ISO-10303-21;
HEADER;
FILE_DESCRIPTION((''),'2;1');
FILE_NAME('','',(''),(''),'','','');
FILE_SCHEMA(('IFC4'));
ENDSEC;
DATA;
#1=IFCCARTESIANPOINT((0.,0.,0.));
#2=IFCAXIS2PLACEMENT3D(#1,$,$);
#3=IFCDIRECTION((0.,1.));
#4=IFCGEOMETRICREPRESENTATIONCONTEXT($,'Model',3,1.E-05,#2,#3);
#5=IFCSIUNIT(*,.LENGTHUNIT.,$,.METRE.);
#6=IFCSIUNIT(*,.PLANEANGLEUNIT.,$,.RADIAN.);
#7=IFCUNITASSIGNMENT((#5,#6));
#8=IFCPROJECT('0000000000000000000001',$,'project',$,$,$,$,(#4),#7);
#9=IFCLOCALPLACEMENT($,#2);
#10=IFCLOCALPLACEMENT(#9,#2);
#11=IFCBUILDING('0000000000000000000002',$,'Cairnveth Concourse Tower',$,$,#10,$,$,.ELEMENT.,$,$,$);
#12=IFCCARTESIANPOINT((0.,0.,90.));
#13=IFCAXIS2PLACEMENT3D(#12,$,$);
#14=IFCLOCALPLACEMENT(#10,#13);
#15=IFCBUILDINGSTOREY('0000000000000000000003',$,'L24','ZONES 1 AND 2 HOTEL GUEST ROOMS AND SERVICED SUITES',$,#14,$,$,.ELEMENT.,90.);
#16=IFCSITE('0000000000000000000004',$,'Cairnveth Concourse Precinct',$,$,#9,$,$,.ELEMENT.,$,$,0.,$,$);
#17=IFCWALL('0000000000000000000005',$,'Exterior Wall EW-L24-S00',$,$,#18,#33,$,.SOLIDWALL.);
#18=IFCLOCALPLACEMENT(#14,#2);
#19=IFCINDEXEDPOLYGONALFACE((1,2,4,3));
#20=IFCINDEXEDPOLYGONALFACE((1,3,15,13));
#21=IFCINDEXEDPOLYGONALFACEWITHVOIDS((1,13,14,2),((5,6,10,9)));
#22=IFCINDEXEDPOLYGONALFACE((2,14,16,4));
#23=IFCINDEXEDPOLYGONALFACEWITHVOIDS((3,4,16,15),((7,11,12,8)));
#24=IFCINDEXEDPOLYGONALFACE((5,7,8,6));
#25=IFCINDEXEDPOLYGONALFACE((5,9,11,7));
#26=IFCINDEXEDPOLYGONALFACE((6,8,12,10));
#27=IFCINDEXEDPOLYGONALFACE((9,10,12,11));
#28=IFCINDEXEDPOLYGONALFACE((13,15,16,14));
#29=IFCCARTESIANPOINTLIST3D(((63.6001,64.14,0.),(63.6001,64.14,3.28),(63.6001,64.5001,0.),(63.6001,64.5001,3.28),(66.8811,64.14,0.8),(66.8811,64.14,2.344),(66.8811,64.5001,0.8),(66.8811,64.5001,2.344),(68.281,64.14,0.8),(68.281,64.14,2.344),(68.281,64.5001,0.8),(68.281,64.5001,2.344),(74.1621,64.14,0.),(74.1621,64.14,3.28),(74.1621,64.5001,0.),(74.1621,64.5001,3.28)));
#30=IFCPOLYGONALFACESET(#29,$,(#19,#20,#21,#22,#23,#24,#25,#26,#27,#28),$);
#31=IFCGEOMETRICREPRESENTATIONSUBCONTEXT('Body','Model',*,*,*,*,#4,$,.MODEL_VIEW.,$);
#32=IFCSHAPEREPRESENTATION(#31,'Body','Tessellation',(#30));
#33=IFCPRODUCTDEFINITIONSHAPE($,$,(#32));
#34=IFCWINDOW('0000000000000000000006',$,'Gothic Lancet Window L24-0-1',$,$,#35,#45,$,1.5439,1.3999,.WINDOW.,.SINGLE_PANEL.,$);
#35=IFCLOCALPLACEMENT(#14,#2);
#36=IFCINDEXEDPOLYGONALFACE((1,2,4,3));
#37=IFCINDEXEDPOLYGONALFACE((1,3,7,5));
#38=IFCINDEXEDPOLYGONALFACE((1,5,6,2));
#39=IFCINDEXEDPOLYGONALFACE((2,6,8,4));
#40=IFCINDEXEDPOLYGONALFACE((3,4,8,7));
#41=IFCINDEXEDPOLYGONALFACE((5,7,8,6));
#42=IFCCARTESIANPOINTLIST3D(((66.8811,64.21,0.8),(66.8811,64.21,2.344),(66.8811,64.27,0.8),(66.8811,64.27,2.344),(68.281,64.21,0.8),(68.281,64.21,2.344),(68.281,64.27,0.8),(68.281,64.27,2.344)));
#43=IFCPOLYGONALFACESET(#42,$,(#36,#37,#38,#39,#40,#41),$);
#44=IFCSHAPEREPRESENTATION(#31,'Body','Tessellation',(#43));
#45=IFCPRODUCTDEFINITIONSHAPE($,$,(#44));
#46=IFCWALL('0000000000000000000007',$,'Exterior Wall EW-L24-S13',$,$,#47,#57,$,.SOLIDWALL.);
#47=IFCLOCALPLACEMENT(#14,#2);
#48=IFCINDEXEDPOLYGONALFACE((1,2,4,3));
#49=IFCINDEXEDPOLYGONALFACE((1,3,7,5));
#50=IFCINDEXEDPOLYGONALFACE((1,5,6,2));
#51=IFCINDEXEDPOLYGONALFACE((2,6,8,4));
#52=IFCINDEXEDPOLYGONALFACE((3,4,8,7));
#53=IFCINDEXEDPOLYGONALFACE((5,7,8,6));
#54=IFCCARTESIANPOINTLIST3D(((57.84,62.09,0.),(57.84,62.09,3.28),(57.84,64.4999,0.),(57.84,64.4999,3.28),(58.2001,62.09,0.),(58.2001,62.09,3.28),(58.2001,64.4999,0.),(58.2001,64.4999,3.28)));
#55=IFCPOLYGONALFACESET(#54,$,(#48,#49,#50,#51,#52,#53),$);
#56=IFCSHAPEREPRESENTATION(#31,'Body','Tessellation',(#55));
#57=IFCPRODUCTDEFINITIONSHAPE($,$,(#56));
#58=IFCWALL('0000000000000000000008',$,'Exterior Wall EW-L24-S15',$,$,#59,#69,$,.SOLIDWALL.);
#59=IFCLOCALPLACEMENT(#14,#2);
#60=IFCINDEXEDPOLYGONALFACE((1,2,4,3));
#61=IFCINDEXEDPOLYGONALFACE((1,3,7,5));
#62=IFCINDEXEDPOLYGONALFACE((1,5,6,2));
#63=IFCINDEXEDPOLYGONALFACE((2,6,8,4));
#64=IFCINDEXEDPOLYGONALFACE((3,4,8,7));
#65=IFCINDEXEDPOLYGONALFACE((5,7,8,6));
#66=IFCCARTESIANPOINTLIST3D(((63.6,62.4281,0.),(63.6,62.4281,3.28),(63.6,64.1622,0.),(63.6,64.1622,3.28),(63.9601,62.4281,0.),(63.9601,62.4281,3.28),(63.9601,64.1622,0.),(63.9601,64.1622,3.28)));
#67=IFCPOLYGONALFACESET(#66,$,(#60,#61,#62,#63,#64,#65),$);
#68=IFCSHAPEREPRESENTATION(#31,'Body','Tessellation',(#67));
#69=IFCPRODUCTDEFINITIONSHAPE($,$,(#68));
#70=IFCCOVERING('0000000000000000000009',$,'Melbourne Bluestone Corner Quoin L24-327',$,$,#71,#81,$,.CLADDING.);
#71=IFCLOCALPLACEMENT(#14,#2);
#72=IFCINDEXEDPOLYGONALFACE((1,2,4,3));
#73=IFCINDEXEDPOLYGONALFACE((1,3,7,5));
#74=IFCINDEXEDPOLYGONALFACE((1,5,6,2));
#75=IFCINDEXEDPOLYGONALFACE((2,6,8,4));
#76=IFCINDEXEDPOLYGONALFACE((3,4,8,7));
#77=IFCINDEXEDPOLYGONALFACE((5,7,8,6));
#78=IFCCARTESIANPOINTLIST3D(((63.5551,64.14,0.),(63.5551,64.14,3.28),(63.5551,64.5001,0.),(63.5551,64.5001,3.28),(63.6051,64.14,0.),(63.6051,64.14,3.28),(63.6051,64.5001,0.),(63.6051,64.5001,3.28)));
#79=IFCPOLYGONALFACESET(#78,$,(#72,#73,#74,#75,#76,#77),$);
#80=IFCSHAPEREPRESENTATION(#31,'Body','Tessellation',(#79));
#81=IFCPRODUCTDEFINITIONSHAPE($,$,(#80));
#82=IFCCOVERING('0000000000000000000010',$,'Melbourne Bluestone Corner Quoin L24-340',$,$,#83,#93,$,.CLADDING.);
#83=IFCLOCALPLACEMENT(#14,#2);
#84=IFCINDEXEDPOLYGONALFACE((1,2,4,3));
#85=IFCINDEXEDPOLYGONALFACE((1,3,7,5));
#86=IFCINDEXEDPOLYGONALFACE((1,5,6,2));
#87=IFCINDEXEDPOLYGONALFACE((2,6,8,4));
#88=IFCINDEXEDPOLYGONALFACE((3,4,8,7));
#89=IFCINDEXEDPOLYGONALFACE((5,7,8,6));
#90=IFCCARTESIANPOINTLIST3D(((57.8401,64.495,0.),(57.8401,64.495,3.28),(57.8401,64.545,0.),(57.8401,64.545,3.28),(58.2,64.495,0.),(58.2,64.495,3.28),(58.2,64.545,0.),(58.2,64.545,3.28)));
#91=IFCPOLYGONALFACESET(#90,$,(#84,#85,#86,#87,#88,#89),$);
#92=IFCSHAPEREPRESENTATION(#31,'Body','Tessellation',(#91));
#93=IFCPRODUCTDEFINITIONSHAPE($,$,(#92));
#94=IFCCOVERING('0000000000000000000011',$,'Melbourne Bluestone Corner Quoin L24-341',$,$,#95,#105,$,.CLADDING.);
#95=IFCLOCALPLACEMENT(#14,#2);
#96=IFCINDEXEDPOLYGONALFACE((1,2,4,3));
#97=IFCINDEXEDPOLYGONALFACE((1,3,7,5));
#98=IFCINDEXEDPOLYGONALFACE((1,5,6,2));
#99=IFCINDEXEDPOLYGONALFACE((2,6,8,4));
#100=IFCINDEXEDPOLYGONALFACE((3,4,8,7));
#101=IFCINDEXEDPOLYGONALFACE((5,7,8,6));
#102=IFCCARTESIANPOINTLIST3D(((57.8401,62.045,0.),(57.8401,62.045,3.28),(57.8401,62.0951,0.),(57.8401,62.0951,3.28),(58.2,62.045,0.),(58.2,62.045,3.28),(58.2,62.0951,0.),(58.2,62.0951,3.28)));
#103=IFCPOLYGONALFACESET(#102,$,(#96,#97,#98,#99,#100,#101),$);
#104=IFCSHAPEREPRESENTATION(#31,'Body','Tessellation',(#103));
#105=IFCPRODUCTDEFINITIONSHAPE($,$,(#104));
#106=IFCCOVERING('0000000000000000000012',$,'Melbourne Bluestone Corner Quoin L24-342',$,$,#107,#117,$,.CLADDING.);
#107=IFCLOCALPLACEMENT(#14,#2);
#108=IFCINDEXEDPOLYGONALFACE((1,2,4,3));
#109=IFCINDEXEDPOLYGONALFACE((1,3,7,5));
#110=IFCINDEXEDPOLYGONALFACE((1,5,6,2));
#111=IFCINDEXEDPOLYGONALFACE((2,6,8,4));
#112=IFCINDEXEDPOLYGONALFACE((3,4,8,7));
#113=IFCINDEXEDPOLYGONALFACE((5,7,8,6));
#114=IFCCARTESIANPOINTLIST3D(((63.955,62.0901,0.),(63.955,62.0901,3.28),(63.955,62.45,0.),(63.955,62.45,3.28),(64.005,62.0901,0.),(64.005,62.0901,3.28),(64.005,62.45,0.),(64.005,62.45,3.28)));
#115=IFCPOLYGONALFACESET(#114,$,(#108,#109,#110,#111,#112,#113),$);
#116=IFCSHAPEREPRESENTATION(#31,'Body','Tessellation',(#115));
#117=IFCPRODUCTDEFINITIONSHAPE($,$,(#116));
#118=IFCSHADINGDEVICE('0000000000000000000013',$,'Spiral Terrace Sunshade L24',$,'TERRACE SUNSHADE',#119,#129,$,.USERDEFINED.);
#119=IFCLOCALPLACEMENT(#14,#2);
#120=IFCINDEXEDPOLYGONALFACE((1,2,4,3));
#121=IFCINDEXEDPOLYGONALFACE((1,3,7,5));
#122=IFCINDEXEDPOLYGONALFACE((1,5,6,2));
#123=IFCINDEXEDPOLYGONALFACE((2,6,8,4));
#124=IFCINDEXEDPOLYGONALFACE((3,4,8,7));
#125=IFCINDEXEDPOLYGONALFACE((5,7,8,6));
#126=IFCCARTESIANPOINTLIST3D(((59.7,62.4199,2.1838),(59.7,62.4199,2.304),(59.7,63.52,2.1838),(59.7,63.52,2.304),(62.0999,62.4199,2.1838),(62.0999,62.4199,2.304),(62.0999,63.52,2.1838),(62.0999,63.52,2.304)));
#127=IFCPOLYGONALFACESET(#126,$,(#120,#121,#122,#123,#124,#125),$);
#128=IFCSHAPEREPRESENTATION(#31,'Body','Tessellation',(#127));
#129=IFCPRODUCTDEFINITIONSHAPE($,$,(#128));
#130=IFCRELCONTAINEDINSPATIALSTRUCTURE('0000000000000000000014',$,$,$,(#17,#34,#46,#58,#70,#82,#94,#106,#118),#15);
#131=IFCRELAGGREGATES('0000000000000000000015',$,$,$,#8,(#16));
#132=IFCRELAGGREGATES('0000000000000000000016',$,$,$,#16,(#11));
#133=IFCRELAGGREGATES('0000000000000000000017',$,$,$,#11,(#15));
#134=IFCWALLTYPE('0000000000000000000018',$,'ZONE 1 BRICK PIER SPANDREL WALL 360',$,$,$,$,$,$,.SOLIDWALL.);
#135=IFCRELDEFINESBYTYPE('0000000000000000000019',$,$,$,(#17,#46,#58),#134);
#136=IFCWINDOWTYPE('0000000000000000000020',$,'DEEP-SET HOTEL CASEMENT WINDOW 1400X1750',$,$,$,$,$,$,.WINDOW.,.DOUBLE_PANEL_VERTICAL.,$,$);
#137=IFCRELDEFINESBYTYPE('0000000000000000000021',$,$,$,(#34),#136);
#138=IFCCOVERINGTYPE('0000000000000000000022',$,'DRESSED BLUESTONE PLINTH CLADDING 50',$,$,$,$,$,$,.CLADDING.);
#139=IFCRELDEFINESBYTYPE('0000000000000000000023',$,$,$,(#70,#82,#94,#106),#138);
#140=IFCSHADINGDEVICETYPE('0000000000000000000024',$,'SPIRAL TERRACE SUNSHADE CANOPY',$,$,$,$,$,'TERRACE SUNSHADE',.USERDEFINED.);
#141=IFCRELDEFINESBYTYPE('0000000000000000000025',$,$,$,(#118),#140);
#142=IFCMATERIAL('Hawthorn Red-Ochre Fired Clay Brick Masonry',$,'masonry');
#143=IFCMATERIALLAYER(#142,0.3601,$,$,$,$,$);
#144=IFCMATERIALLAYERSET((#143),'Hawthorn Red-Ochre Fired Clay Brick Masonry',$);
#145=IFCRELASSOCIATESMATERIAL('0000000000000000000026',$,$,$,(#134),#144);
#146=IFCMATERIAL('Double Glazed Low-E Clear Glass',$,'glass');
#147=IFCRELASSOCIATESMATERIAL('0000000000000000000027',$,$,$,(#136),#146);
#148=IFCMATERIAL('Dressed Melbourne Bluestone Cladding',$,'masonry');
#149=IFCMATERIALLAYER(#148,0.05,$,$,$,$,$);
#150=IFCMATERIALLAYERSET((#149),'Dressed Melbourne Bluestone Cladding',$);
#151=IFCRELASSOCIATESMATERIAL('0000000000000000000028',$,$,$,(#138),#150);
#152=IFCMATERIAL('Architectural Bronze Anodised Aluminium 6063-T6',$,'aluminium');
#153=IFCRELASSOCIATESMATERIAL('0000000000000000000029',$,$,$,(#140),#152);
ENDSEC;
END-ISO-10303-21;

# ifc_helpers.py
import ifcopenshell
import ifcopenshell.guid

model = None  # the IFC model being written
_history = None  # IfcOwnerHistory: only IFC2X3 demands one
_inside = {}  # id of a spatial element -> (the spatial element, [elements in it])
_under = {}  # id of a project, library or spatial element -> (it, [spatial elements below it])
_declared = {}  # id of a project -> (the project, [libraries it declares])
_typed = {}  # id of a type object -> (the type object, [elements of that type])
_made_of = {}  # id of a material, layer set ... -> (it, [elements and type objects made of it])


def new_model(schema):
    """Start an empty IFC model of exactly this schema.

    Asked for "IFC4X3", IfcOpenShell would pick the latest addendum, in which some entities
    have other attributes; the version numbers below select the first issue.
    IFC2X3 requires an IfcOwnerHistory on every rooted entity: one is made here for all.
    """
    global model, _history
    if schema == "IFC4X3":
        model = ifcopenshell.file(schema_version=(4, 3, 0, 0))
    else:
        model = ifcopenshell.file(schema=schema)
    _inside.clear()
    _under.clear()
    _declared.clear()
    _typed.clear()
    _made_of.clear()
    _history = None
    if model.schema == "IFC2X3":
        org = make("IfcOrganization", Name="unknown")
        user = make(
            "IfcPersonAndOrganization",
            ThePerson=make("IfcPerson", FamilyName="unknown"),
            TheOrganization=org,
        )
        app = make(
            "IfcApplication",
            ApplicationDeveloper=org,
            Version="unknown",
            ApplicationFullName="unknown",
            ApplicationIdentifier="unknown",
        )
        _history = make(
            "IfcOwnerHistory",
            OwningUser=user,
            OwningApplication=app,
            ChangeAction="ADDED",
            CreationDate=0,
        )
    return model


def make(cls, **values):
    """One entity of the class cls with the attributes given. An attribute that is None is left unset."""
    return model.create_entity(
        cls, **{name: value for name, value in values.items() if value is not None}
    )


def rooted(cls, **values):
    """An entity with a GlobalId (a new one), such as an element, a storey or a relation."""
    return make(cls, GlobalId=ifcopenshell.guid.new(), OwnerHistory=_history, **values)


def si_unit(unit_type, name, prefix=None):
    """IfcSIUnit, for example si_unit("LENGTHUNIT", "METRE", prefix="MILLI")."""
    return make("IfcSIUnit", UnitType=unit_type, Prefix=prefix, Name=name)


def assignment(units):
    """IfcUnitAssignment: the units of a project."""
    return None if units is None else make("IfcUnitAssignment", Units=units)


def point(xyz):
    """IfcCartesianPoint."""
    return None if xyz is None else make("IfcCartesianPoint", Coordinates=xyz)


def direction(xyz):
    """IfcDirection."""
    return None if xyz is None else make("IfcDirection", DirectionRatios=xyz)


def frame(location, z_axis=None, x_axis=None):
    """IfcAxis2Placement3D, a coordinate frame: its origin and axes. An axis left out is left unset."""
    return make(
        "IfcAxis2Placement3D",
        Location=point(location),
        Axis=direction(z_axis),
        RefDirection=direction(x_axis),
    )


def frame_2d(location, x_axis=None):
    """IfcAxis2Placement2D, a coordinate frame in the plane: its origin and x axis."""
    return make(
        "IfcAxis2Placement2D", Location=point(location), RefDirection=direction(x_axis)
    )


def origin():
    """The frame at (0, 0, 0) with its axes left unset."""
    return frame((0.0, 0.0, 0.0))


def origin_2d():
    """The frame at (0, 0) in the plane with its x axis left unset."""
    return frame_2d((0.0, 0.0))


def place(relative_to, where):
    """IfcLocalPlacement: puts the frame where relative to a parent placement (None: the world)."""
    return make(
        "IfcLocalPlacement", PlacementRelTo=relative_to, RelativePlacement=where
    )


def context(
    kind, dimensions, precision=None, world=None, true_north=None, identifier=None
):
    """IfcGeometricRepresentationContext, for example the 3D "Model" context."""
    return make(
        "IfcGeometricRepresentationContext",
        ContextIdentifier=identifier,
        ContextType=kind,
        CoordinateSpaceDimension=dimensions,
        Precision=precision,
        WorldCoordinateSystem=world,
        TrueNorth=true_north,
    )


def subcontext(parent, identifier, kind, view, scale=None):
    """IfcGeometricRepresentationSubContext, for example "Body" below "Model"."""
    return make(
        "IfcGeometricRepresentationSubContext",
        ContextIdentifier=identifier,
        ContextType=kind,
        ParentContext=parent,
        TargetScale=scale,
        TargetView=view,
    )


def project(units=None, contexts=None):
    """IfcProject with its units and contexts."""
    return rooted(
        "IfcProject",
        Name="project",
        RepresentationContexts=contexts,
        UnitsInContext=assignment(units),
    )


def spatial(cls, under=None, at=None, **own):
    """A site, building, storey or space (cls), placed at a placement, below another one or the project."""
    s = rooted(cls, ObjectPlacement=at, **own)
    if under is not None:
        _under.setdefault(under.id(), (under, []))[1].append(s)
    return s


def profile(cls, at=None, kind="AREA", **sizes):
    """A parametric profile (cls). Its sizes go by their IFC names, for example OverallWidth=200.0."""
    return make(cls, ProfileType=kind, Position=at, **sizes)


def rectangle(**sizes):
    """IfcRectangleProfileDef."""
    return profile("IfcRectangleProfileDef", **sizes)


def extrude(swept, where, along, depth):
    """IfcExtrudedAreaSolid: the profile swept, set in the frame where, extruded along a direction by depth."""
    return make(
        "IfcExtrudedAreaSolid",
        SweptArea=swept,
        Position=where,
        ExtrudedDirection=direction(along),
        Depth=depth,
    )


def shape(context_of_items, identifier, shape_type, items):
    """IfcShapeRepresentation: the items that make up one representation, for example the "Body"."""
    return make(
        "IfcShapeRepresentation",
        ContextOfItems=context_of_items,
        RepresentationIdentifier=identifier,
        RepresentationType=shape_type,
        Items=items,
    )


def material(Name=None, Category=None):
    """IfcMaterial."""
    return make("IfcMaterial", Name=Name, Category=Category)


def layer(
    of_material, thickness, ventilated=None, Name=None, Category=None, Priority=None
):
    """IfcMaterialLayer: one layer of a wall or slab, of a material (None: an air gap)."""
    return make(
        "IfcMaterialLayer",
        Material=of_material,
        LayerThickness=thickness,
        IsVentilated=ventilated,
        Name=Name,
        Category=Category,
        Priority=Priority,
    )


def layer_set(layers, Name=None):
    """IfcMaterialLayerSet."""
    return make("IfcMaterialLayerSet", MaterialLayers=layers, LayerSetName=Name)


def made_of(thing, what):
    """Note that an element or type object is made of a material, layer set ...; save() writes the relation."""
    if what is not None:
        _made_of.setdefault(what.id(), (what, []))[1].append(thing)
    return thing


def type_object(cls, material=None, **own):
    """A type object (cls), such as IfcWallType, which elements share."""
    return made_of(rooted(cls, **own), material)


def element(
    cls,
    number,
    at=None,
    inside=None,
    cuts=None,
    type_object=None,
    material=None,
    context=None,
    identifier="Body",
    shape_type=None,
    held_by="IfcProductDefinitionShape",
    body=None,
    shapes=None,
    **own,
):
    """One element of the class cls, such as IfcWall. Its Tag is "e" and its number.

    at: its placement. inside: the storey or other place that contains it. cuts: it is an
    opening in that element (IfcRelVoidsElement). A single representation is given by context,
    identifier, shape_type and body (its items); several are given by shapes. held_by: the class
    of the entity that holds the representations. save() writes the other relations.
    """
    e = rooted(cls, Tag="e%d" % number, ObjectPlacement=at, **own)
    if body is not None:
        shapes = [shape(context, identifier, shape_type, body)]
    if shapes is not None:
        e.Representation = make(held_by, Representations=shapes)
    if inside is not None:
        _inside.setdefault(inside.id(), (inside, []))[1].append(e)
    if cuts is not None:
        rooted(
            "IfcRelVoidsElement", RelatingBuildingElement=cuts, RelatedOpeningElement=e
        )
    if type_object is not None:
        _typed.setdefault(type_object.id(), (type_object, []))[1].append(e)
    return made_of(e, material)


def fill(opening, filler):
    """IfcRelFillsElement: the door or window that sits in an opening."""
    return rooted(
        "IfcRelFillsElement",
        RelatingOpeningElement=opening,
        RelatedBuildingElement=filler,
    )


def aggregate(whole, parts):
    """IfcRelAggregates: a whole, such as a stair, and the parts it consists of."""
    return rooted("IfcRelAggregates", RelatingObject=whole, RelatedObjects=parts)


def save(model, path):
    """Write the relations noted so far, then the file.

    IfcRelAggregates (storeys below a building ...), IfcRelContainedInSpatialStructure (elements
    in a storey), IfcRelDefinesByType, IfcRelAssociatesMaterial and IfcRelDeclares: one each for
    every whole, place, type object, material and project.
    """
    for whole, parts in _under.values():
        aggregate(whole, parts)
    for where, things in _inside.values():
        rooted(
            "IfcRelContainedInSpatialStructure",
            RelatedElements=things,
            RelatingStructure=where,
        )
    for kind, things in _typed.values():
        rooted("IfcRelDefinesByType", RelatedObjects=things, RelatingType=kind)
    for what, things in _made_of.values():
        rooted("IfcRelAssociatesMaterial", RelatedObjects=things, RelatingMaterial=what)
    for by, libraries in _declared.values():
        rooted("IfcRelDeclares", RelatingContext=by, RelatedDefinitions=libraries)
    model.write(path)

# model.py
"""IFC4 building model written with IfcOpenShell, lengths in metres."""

from ifc_helpers import new_model, si_unit, direction, frame, frame_2d, origin, origin_2d, place, context, subcontext, project, spatial, rectangle, extrude, material, layer, layer_set, type_object, element, fill, save


model = new_model("IFC4")

# Units and contexts
model_context = context("Model", 3, precision=1e-05, world=origin(), true_north=direction((0.0, 1.0)))
body_context = subcontext(model_context, "Body", "Model", "MODEL_VIEW")
ifc_project = project(units=[si_unit("LENGTHUNIT", "METRE"), si_unit("PLANEANGLEUNIT", "RADIAN")], contexts=[model_context])

# Site, building, storey
site_placement = place(None, origin())
site = spatial("IfcSite", under=ifc_project, at=site_placement, Name="Cairnveth Concourse Precinct", CompositionType="ELEMENT", RefElevation=0.0)
building_placement = place(site_placement, origin())
building = spatial("IfcBuilding", under=site, at=building_placement, Name="Cairnveth Concourse Tower", CompositionType="ELEMENT")
storey_placement = place(building_placement, frame((0.0, 0.0, 90.0)))
storey = spatial("IfcBuildingStorey", under=building, at=storey_placement, Name="L24", Description="ZONES 1 AND 2 HOTEL GUEST ROOMS AND SERVICED SUITES", CompositionType="ELEMENT", Elevation=90.0)

# Shared definitions
ifc_material_1 = material(Name="Dressed Melbourne Bluestone Cladding", Category="masonry")

# Wall, opening, window
ifc_material_2 = material(Name="Hawthorn Red-Ochre Fired Clay Brick Masonry", Category="masonry")
ifc_layer_1 = layer(ifc_material_2, 0.3601)
ifc_layer_set_1 = layer_set([ifc_layer_1], Name="Hawthorn Red-Ochre Fired Clay Brick Masonry")
wall_type_1 = type_object("IfcWallType", Name="ZONE 1 BRICK PIER SPANDREL WALL 360", PredefinedType="SOLIDWALL", material=ifc_layer_set_1)
wall_1_placement = place(storey_placement, frame((63.6001, 64.3201, 0.0), z_axis=(0.0, 0.0, 1.0), x_axis=(1.0, 0.0, 0.0)))
wall_1 = element("IfcWall", 1, at=wall_1_placement, inside=storey, type_object=wall_type_1, Name="Exterior Wall EW-L24-S00", PredefinedType="SOLIDWALL", context=body_context, shape_type="SweptSolid", body=[
    extrude(rectangle(XDim=10.562, YDim=0.3601, at=frame_2d((5.281, 0.0))), origin(), (0.0, 0.0, 1.0), 3.28),
])
opening_1_placement = place(wall_1_placement, frame((3.281, 0.0, 0.8)))
opening_1 = element("IfcOpeningElement", 2, at=opening_1_placement, cuts=wall_1, PredefinedType="OPENING", context=body_context, shape_type="SweptSolid", body=[
    extrude(rectangle(XDim=1.3999, YDim=1.5439, at=frame_2d((0.7, 0.772))), frame((0.0, 0.1899, 0.0), z_axis=(0.0, -1.0, 0.0), x_axis=(1.0, 0.0, 0.0)), (0.0, 0.0, 1.0), 0.3801),
])
ifc_material_3 = material(Name="Double Glazed Low-E Clear Glass", Category="glass")
window_type = type_object("IfcWindowType", Name="DEEP-SET HOTEL CASEMENT WINDOW 1400X1750", PartitioningType="DOUBLE_PANEL_VERTICAL", PredefinedType="WINDOW", material=ifc_material_3)
window_placement = place(opening_1_placement, origin())
window = element("IfcWindow", 3, at=window_placement, inside=storey, type_object=window_type, Name="Gothic Lancet Window L24-0-1", OverallHeight=1.5439, OverallWidth=1.3999, PartitioningType="SINGLE_PANEL", PredefinedType="WINDOW", context=body_context, shape_type="SweptSolid", body=[
    extrude(rectangle(XDim=1.3999, YDim=1.5439, at=frame_2d((0.7, 0.772))), frame((0.0, -0.05, 0.0), z_axis=(0.0, -1.0, 0.0), x_axis=(1.0, 0.0, 0.0)), (0.0, 0.0, 1.0), 0.0601),
])
fill(opening_1, window)

# Wall
wall_2_placement = place(storey_placement, frame((58.02, 64.5, 0.0), z_axis=(0.0, 0.0, 1.0), x_axis=(0.0, -1.0, 0.0)))
element("IfcWall", 4, at=wall_2_placement, inside=storey, type_object=wall_type_1, Name="Exterior Wall EW-L24-S13", PredefinedType="SOLIDWALL", context=body_context, shape_type="SweptSolid", body=[
    extrude(rectangle(XDim=2.4099, YDim=0.3601, at=frame_2d((1.2051, 0.0))), origin(), (0.0, 0.0, 1.0), 3.28),
])

# Shared definitions
ifc_material_4 = material(Name="Architectural Bronze Anodised Aluminium 6063-T6", Category="aluminium")

# Wall
wall_3_placement = place(storey_placement, frame((63.78, 62.428, 0.0), z_axis=(0.0, 0.0, 1.0), x_axis=(0.0, 1.0, 0.0)))
element("IfcWall", 5, at=wall_3_placement, inside=storey, type_object=wall_type_1, Name="Exterior Wall EW-L24-S15", PredefinedType="SOLIDWALL", context=body_context, shape_type="SweptSolid", body=[
    extrude(rectangle(XDim=1.7341, YDim=0.3601, at=frame_2d((0.8672, 0.0))), origin(), (0.0, 0.0, 1.0), 3.28),
])

# Coverings
ifc_layer_2 = layer(ifc_material_1, 0.05)
ifc_layer_set_2 = layer_set([ifc_layer_2], Name="Dressed Melbourne Bluestone Cladding")
covering_type = type_object("IfcCoveringType", Name="DRESSED BLUESTONE PLINTH CLADDING 50", PredefinedType="CLADDING", material=ifc_layer_set_2)
covering_placement = place(storey_placement, frame((63.5801, 64.1399, 0.0), z_axis=(0.0, 0.0, 1.0), x_axis=(0.0, 1.0, 0.0)))
element("IfcCovering", 6, at=covering_placement, inside=storey, type_object=covering_type, Name="Melbourne Bluestone Corner Quoin L24-327", PredefinedType="CLADDING", context=body_context, shape_type="SweptSolid", body=[
    extrude(rectangle(XDim=0.3601, YDim=0.05, at=frame_2d((0.1802, 0.0))), origin(), (0.0, 0.0, 1.0), 3.28),
])
for number, where, z_axis, x_axis, name in (
    (7, (57.8401, 64.52, 0.0), (0.0, 0.0, 1.0), (1.0, 0.0, 0.0), "Melbourne Bluestone Corner Quoin L24-340"),
    (8, (57.8401, 62.0701, 0.0), (0.0, 0.0, 1.0), (1.0, 0.0, 0.0), "Melbourne Bluestone Corner Quoin L24-341"),
    (9, (63.98, 62.0901, 0.0), (0.0, 0.0, 1.0), (0.0, 1.0, 0.0), "Melbourne Bluestone Corner Quoin L24-342"),
):
    element("IfcCovering", number, at=place(storey_placement, frame(where, z_axis=z_axis, x_axis=x_axis)), inside=storey, type_object=covering_type, Name=name, PredefinedType="CLADDING", context=body_context, shape_type="SweptSolid", body=[
        extrude(rectangle(XDim=0.3599, YDim=0.05, at=frame_2d((0.1799, 0.0))), origin(), (0.0, 0.0, 1.0), 3.28),
    ])

# Shading device
shading_device_type = type_object("IfcShadingDeviceType", Name="SPIRAL TERRACE SUNSHADE CANOPY", ElementType="TERRACE SUNSHADE", PredefinedType="USERDEFINED", material=ifc_material_4)
shading_device_placement = place(storey_placement, frame((60.8999, 62.97, 2.1838), z_axis=(0.0, 0.0, 1.0), x_axis=(1.0, 0.0, 0.0)))
element("IfcShadingDevice", 10, at=shading_device_placement, inside=storey, type_object=shading_device_type, Name="Spiral Terrace Sunshade L24", ObjectType="TERRACE SUNSHADE", PredefinedType="USERDEFINED", context=body_context, shape_type="SweptSolid", body=[
    extrude(rectangle(XDim=2.3999, YDim=1.1001, at=origin_2d()), origin(), (0.0, 0.0, 1.0), 0.1201),
])

save(model, "model.ifc")
